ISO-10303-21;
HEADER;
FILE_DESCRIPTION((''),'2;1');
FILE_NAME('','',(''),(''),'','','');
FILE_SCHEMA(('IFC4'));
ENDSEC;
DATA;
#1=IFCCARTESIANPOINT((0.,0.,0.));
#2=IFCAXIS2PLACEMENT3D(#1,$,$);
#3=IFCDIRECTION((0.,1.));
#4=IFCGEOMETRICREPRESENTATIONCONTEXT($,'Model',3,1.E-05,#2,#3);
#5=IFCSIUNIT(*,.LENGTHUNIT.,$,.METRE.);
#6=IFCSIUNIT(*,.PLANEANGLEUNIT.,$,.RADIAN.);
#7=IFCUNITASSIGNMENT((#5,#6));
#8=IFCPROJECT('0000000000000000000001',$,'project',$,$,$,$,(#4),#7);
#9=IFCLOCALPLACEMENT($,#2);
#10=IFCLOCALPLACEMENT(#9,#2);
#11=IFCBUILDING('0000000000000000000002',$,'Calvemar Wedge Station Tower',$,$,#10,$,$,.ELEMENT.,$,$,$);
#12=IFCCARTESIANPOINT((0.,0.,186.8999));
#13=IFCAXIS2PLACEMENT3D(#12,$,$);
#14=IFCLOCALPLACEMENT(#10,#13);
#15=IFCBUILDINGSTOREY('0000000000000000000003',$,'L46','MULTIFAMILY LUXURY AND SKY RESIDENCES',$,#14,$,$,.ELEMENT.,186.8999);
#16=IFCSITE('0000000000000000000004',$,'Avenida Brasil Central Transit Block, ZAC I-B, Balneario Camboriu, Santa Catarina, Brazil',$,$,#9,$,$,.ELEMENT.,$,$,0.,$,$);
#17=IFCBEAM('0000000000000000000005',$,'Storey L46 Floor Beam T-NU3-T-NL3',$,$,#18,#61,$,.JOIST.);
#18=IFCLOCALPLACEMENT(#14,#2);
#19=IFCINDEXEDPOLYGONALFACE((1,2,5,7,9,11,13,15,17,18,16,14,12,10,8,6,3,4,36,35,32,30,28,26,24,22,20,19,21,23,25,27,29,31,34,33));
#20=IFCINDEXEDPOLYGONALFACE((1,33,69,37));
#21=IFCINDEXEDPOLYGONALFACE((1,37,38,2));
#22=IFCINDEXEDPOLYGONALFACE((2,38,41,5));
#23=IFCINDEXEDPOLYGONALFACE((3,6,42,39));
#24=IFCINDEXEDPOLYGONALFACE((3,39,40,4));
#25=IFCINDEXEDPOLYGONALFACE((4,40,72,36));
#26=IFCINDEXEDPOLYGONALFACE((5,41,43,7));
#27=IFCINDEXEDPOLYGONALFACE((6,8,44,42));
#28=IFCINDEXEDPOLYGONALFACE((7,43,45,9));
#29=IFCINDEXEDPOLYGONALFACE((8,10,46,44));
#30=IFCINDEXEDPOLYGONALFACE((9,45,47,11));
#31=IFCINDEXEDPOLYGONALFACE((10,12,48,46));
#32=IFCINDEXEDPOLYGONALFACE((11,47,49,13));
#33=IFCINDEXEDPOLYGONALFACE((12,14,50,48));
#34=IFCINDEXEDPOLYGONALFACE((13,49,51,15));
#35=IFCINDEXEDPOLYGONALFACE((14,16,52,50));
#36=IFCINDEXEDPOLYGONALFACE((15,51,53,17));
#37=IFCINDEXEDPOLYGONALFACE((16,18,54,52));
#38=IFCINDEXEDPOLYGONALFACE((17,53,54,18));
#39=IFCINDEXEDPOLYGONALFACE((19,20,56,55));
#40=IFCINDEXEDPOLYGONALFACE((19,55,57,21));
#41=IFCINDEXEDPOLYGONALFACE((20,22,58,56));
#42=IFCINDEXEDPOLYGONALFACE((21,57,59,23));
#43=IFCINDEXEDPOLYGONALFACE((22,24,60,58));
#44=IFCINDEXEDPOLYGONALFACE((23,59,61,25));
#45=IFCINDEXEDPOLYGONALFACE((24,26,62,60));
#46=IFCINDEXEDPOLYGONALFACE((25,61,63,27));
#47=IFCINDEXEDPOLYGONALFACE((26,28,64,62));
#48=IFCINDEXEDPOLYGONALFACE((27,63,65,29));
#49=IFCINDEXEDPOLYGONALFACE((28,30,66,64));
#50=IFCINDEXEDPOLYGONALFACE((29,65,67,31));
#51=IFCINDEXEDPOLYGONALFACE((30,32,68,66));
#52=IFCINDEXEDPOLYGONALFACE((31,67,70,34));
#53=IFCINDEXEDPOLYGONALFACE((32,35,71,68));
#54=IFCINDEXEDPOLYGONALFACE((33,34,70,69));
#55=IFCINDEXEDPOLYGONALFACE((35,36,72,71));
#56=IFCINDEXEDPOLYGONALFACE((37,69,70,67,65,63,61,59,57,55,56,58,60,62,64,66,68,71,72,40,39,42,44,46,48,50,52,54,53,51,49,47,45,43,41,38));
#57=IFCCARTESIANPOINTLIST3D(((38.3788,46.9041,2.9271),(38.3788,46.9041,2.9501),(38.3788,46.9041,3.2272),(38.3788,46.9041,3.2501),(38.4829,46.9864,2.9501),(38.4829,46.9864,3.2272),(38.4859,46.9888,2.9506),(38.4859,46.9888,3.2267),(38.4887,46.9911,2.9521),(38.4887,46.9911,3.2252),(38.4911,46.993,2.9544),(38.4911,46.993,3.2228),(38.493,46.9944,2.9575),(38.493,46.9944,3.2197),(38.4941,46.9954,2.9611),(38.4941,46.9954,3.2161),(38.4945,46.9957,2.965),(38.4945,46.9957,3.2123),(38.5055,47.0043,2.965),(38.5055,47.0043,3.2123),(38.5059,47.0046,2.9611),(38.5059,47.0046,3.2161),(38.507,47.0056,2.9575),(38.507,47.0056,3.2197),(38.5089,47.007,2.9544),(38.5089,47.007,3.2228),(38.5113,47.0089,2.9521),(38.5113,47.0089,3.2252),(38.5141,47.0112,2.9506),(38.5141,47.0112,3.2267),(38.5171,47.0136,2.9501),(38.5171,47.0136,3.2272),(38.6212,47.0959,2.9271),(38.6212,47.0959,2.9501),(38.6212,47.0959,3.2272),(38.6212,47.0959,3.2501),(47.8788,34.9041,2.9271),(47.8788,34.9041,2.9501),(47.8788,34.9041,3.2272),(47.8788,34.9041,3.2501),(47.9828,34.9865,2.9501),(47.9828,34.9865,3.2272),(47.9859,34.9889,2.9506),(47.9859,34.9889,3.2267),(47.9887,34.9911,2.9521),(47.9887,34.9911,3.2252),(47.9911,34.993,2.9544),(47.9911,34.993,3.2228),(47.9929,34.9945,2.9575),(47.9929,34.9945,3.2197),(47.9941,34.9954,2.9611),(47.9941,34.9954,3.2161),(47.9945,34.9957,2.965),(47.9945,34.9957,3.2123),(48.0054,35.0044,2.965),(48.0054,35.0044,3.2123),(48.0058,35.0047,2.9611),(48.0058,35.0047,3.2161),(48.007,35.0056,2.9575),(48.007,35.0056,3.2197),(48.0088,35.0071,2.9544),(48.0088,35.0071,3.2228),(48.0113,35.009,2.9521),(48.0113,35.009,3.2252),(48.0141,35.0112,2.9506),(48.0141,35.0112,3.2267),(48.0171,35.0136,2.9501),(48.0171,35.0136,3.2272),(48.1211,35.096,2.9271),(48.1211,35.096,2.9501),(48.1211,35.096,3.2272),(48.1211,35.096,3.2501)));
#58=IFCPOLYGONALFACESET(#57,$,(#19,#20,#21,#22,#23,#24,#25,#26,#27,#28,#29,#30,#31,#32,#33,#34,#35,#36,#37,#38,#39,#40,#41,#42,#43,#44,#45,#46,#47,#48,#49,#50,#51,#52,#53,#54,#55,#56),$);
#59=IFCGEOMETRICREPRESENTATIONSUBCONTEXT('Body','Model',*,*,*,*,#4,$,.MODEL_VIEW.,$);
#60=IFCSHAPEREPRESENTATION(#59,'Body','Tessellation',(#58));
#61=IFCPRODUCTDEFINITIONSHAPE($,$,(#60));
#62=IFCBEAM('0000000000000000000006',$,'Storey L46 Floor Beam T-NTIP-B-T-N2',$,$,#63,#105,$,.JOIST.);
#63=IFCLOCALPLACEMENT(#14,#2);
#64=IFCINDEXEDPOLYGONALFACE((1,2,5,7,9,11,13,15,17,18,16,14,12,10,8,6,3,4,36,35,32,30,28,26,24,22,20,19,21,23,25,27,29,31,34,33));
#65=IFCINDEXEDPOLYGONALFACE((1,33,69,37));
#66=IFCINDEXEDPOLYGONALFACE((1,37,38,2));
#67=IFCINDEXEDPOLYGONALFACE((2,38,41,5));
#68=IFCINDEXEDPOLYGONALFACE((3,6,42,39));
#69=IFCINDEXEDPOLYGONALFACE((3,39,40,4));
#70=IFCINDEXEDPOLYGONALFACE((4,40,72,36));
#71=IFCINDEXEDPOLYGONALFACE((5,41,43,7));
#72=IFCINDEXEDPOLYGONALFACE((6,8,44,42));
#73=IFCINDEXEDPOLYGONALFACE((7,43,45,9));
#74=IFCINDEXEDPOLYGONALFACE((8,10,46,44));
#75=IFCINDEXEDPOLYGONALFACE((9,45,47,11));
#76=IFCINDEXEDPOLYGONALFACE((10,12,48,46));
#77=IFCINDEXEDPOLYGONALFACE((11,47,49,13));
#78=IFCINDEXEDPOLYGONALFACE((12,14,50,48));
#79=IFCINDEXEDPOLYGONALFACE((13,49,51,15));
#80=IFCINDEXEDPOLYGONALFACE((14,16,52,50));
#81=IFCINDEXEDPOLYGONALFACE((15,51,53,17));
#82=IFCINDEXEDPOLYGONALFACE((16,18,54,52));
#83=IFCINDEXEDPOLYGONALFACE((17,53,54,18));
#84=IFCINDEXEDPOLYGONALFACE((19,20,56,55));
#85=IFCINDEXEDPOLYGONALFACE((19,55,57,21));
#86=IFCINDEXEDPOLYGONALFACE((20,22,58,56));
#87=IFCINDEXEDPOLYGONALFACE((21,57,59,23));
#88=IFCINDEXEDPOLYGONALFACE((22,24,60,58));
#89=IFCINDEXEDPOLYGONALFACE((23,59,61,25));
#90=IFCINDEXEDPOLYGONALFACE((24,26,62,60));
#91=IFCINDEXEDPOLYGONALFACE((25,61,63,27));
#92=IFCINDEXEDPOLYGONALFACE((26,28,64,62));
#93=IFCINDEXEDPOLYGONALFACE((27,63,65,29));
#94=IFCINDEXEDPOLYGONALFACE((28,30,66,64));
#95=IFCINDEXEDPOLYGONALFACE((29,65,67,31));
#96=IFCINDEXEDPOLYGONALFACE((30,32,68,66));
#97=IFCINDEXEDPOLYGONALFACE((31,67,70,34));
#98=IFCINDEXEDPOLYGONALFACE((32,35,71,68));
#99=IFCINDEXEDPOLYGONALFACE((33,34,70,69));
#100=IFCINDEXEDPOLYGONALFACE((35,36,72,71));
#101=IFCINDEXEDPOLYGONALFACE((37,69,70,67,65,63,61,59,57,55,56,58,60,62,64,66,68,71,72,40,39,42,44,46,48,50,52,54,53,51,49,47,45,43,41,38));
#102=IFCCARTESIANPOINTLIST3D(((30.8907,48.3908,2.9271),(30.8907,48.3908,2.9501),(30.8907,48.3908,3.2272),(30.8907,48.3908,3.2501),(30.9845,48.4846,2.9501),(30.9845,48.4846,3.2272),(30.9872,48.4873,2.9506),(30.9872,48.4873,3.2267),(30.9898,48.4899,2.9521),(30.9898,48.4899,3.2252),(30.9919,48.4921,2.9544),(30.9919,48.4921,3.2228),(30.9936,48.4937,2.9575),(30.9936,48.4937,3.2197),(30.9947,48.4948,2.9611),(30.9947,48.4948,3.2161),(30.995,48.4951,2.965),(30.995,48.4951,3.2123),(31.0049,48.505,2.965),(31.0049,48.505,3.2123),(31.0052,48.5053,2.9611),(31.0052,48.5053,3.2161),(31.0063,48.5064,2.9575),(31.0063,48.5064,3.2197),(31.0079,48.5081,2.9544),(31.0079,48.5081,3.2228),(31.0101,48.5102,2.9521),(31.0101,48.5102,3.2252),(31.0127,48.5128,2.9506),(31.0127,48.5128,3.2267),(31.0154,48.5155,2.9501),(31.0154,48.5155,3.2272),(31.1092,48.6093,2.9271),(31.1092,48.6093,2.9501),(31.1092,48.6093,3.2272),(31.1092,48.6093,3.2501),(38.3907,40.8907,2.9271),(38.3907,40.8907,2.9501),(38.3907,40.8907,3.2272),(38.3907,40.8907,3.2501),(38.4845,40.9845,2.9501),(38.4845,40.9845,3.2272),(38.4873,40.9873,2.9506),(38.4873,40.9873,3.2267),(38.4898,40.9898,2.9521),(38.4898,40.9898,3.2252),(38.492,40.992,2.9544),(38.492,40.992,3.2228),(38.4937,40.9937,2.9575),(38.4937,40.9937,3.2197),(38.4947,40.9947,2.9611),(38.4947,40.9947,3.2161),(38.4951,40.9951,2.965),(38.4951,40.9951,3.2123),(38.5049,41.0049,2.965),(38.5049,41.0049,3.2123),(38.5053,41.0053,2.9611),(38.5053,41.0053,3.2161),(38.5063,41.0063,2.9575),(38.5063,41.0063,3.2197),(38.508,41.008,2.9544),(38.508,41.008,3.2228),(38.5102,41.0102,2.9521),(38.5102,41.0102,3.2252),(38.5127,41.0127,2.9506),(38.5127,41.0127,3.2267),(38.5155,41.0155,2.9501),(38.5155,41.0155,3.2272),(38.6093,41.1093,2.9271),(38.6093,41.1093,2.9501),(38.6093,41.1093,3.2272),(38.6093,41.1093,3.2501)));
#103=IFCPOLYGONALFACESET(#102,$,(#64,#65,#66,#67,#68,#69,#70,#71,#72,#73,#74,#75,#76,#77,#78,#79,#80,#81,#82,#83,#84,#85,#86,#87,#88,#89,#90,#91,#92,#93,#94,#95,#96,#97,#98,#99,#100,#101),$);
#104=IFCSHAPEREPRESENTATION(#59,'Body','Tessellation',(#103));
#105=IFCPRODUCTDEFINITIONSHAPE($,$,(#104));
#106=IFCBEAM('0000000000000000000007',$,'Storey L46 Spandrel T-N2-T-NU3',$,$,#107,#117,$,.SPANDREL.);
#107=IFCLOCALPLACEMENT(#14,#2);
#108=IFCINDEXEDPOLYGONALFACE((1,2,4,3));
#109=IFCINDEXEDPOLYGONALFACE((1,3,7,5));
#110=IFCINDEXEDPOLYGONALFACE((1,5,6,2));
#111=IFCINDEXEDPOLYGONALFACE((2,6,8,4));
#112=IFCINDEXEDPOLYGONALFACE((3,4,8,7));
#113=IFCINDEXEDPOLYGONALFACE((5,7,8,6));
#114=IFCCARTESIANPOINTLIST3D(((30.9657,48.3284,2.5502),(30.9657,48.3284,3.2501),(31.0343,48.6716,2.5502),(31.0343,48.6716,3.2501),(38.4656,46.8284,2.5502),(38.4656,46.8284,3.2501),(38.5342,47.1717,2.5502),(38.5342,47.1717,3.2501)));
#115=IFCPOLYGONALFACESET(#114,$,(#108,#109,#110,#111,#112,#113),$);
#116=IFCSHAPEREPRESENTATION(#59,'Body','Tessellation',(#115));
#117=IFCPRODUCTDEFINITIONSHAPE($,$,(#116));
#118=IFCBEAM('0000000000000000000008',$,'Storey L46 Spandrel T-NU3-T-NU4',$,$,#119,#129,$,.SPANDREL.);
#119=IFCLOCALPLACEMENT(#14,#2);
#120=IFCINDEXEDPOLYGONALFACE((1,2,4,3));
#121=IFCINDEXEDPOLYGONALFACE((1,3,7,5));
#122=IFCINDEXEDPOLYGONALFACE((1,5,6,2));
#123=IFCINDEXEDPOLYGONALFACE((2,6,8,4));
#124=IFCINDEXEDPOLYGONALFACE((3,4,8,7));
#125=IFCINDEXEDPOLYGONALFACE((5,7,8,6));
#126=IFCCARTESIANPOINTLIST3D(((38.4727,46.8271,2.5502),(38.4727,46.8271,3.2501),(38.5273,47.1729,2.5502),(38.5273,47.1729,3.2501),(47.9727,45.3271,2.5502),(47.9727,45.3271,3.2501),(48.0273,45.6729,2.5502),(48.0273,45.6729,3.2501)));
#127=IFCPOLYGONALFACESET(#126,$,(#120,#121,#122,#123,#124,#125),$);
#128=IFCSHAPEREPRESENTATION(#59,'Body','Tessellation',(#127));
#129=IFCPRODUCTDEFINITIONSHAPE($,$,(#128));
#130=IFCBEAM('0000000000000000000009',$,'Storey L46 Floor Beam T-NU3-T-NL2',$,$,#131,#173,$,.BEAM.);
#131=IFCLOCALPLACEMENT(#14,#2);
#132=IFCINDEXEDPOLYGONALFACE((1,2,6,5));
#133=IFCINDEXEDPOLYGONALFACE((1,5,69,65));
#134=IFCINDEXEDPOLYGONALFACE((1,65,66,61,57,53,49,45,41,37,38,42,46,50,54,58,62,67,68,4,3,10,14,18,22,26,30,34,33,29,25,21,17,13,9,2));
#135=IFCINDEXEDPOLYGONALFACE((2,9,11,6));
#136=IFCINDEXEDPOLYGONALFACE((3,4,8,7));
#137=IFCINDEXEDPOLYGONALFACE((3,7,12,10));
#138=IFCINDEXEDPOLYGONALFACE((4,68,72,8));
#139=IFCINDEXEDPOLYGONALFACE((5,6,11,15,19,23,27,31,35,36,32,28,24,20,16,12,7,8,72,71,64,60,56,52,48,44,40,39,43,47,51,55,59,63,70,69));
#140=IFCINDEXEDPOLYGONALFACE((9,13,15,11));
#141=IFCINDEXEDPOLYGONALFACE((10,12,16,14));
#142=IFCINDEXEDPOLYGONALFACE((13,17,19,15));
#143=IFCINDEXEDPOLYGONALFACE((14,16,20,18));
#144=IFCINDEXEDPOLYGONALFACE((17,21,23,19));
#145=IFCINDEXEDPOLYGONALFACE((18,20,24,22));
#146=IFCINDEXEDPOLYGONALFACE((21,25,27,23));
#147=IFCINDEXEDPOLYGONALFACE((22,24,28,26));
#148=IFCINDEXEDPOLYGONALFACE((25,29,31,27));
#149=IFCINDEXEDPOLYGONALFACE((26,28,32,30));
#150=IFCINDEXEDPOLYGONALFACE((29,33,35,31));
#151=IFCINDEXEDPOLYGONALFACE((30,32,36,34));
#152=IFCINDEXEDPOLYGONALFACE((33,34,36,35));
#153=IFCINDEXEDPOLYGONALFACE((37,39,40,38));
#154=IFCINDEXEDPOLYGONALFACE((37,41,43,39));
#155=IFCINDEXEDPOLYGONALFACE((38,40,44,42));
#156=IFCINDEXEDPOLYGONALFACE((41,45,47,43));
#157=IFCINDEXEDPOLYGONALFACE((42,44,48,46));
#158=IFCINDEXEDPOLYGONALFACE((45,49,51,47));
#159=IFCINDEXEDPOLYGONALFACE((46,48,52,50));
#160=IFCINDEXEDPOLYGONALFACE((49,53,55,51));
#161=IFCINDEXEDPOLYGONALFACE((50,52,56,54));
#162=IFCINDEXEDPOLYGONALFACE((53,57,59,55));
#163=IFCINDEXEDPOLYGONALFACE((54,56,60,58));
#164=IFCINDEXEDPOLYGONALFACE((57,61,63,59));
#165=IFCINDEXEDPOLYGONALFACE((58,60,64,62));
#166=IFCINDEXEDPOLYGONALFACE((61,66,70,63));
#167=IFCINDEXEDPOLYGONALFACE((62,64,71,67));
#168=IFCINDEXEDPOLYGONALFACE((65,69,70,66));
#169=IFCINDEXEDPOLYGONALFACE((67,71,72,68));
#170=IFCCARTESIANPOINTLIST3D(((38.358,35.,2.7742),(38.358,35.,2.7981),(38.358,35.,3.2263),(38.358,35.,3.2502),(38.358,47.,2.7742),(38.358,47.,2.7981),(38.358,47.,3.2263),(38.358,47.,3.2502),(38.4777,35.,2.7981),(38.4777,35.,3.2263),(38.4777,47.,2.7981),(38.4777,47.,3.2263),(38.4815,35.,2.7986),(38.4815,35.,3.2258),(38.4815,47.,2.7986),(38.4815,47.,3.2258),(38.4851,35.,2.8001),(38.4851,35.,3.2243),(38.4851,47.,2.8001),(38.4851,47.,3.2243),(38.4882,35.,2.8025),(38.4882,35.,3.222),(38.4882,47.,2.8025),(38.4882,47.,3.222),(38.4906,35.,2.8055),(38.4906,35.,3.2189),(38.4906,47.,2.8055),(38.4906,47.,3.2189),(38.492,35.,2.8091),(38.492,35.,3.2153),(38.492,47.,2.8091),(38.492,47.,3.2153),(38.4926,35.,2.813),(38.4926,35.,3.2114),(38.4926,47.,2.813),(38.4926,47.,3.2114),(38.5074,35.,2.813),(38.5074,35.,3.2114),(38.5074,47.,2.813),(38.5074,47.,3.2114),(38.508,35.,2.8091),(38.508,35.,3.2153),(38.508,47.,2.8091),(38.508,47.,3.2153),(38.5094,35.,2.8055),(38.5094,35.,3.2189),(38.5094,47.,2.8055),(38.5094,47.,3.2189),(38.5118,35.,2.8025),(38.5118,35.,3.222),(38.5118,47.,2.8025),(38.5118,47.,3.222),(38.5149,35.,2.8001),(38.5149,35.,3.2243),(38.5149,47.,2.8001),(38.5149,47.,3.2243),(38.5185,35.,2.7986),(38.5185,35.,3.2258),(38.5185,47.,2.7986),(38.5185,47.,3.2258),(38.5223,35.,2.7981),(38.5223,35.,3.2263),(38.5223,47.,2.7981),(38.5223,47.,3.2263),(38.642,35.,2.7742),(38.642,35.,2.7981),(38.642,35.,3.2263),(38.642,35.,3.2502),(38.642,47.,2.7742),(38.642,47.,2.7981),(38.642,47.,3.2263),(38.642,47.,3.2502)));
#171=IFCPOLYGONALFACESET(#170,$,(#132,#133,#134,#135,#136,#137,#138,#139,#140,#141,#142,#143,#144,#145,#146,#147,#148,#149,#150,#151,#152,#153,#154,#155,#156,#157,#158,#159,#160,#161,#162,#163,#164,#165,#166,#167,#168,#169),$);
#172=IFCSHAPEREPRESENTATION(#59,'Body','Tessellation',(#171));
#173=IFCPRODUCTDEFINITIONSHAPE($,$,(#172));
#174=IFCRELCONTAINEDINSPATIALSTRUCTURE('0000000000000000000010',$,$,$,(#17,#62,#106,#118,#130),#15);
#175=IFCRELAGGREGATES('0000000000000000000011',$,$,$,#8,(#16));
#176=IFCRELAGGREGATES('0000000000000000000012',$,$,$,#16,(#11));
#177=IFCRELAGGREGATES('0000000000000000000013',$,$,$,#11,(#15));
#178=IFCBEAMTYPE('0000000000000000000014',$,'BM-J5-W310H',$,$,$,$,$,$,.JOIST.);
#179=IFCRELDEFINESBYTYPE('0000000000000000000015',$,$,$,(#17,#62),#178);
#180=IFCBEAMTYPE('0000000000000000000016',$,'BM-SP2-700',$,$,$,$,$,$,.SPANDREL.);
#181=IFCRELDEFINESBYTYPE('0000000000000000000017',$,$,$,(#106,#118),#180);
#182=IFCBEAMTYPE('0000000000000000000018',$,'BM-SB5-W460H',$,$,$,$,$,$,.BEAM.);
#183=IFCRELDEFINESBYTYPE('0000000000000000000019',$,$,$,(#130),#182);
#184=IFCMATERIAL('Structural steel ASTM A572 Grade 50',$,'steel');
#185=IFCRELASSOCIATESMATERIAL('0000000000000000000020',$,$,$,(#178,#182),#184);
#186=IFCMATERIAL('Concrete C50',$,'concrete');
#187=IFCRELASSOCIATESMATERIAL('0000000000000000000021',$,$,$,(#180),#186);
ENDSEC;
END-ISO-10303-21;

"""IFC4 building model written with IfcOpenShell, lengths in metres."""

from ifc_helpers import new_model, si_unit, direction, frame, origin, origin_2d, place, context, subcontext, project, spatial, rectangle, i_section, extrude, source, transform, mapped, material, material_profile, profile_set, type_object, element, save


model = new_model("IFC4")

# Units and contexts
model_context = context("Model", 3, precision=1e-05, world=origin(), true_north=direction((0.0, 1.0)))
body_context = subcontext(model_context, "Body", "Model", "MODEL_VIEW")
ifc_project = project(units=[si_unit("LENGTHUNIT", "METRE"), si_unit("PLANEANGLEUNIT", "RADIAN")], contexts=[model_context])

# Site, building, storey
site_placement = place(None, origin())
site = spatial("IfcSite", under=ifc_project, at=site_placement, Name="Avenida Brasil Central Transit Block, ZAC I-B, Balneario Camboriu, Santa Catarina, Brazil", CompositionType="ELEMENT", RefElevation=0.0)
building_placement = place(site_placement, origin())
building = spatial("IfcBuilding", under=site, at=building_placement, Name="Calvemar Wedge Station Tower", CompositionType="ELEMENT")
storey_placement = place(building_placement, frame((0.0, 0.0, 186.8999)))
storey = spatial("IfcBuildingStorey", under=building, at=storey_placement, Name="L46", Description="MULTIFAMILY LUXURY AND SKY RESIDENCES", CompositionType="ELEMENT", Elevation=186.8999)

# Shared definitions
ifc_material_1 = material(Name="Concrete C50", Category="concrete")
ifc_material_2 = material(Name="Structural steel ASTM A572 Grade 50", Category="steel")

# Beams
ifc_material_profile_1 = material_profile(ifc_material_2, i_section(OverallWidth=0.3091, OverallDepth=0.323, WebThickness=0.0139, FlangeThickness=0.0229, FilletRadius=0.0149, at=origin_2d()), Name="W310x143")
ifc_profile_set_1 = profile_set([ifc_material_profile_1], Name="Structural steel ASTM A572 Grade 50")
beam_type_1 = type_object("IfcBeamType", Name="BM-J5-W310H", PredefinedType="JOIST", material=ifc_profile_set_1)
shared_shape_1 = source(origin(), body_context, "Body", "SweptSolid", [
    extrude(i_section(OverallWidth=0.3091, OverallDepth=0.323, WebThickness=0.0139, FlangeThickness=0.0229, FilletRadius=0.0149, at=origin_2d()), origin(), (0.0, 0.0, 1.0), 15.3052),
])
beam_1_placement = place(storey_placement, frame((38.5, 47.0, 3.0886), z_axis=(0.620703, -0.784046, 0.0), x_axis=(0.784046, 0.620703, 0.0)))
element("IfcBeam", 1, at=beam_1_placement, inside=storey, type_object=beam_type_1, Name="Storey L46 Floor Beam T-NU3-T-NL3", PredefinedType="JOIST", context=body_context, shape_type="MappedRepresentation", body=[
    mapped(shared_shape_1, transform((0.0, 0.0, 0.0), scale=1.0)),
])
shared_shape_2 = source(origin(), body_context, "Body", "SweptSolid", [
    extrude(i_section(OverallWidth=0.3091, OverallDepth=0.323, WebThickness=0.0139, FlangeThickness=0.0229, FilletRadius=0.0149, at=origin_2d()), origin(), (0.0, 0.0, 1.0), 10.6067),
])
beam_2_placement = place(storey_placement, frame((38.5, 41.0, 3.0886), z_axis=(-0.707107, 0.707107, 0.0), x_axis=(-0.707107, -0.707107, 0.0)))
element("IfcBeam", 2, at=beam_2_placement, inside=storey, type_object=beam_type_1, Name="Storey L46 Floor Beam T-NTIP-B-T-N2", PredefinedType="JOIST", context=body_context, shape_type="MappedRepresentation", body=[
    mapped(shared_shape_2, transform((0.0, 0.0, 0.0), scale=1.0)),
])
ifc_material_profile_2 = material_profile(ifc_material_1, rectangle(XDim=0.3501, YDim=0.7, at=origin_2d()), Name="RC350x700")
ifc_profile_set_2 = profile_set([ifc_material_profile_2], Name="Concrete C50")
beam_type_2 = type_object("IfcBeamType", Name="BM-SP2-700", PredefinedType="SPANDREL", material=ifc_profile_set_2)
shared_shape_3 = source(origin(), body_context, "Body", "SweptSolid", [
    extrude(rectangle(XDim=0.3501, YDim=0.7, at=origin_2d()), origin(), (0.0, 0.0, 1.0), 7.6484),
])
beam_3_placement = place(storey_placement, frame((31.0, 48.5, 2.9001), z_axis=(0.980581, -0.196116, 0.0), x_axis=(0.196116, 0.980581, 0.0)))
element("IfcBeam", 3, at=beam_3_placement, inside=storey, type_object=beam_type_2, Name="Storey L46 Spandrel T-N2-T-NU3", PredefinedType="SPANDREL", context=body_context, shape_type="MappedRepresentation", body=[
    mapped(shared_shape_3, transform((0.0, 0.0, 0.0), scale=1.0)),
])
shared_shape_4 = source(origin(), body_context, "Body", "SweptSolid", [
    extrude(rectangle(XDim=0.3501, YDim=0.7, at=origin_2d()), origin(), (0.0, 0.0, 1.0), 9.6177),
])
beam_4_placement = place(storey_placement, frame((38.5, 47.0, 2.9001), z_axis=(0.987763, -0.155963, 0.0), x_axis=(0.155963, 0.987763, 0.0)))
element("IfcBeam", 4, at=beam_4_placement, inside=storey, type_object=beam_type_2, Name="Storey L46 Spandrel T-NU3-T-NU4", PredefinedType="SPANDREL", context=body_context, shape_type="MappedRepresentation", body=[
    mapped(shared_shape_4, transform((0.0, 0.0, 0.0), scale=1.0)),
])
ifc_material_profile_3 = material_profile(ifc_material_2, i_section(OverallWidth=0.2839, OverallDepth=0.4761, WebThickness=0.0149, FlangeThickness=0.0239, FilletRadius=0.0149, at=origin_2d()), Name="W460x158")
ifc_profile_set_3 = profile_set([ifc_material_profile_3], Name="Structural steel ASTM A572 Grade 50")
beam_type_3 = type_object("IfcBeamType", Name="BM-SB5-W460H", PredefinedType="BEAM", material=ifc_profile_set_3)
shared_shape_5 = source(origin(), body_context, "Body", "SweptSolid", [
    extrude(i_section(OverallWidth=0.2839, OverallDepth=0.4761, WebThickness=0.0149, FlangeThickness=0.0239, FilletRadius=0.0149, at=origin_2d()), origin(), (0.0, 0.0, 1.0), 12.0),
])
beam_5_placement = place(storey_placement, frame((38.5, 47.0, 3.0122), z_axis=(0.0, -1.0, 0.0), x_axis=(1.0, 0.0, 0.0)))
element("IfcBeam", 5, at=beam_5_placement, inside=storey, type_object=beam_type_3, Name="Storey L46 Floor Beam T-NU3-T-NL2", PredefinedType="BEAM", context=body_context, shape_type="MappedRepresentation", body=[
    mapped(shared_shape_5, transform((0.0, 0.0, 0.0), scale=1.0)),
])

save(model, "model.ifc")
